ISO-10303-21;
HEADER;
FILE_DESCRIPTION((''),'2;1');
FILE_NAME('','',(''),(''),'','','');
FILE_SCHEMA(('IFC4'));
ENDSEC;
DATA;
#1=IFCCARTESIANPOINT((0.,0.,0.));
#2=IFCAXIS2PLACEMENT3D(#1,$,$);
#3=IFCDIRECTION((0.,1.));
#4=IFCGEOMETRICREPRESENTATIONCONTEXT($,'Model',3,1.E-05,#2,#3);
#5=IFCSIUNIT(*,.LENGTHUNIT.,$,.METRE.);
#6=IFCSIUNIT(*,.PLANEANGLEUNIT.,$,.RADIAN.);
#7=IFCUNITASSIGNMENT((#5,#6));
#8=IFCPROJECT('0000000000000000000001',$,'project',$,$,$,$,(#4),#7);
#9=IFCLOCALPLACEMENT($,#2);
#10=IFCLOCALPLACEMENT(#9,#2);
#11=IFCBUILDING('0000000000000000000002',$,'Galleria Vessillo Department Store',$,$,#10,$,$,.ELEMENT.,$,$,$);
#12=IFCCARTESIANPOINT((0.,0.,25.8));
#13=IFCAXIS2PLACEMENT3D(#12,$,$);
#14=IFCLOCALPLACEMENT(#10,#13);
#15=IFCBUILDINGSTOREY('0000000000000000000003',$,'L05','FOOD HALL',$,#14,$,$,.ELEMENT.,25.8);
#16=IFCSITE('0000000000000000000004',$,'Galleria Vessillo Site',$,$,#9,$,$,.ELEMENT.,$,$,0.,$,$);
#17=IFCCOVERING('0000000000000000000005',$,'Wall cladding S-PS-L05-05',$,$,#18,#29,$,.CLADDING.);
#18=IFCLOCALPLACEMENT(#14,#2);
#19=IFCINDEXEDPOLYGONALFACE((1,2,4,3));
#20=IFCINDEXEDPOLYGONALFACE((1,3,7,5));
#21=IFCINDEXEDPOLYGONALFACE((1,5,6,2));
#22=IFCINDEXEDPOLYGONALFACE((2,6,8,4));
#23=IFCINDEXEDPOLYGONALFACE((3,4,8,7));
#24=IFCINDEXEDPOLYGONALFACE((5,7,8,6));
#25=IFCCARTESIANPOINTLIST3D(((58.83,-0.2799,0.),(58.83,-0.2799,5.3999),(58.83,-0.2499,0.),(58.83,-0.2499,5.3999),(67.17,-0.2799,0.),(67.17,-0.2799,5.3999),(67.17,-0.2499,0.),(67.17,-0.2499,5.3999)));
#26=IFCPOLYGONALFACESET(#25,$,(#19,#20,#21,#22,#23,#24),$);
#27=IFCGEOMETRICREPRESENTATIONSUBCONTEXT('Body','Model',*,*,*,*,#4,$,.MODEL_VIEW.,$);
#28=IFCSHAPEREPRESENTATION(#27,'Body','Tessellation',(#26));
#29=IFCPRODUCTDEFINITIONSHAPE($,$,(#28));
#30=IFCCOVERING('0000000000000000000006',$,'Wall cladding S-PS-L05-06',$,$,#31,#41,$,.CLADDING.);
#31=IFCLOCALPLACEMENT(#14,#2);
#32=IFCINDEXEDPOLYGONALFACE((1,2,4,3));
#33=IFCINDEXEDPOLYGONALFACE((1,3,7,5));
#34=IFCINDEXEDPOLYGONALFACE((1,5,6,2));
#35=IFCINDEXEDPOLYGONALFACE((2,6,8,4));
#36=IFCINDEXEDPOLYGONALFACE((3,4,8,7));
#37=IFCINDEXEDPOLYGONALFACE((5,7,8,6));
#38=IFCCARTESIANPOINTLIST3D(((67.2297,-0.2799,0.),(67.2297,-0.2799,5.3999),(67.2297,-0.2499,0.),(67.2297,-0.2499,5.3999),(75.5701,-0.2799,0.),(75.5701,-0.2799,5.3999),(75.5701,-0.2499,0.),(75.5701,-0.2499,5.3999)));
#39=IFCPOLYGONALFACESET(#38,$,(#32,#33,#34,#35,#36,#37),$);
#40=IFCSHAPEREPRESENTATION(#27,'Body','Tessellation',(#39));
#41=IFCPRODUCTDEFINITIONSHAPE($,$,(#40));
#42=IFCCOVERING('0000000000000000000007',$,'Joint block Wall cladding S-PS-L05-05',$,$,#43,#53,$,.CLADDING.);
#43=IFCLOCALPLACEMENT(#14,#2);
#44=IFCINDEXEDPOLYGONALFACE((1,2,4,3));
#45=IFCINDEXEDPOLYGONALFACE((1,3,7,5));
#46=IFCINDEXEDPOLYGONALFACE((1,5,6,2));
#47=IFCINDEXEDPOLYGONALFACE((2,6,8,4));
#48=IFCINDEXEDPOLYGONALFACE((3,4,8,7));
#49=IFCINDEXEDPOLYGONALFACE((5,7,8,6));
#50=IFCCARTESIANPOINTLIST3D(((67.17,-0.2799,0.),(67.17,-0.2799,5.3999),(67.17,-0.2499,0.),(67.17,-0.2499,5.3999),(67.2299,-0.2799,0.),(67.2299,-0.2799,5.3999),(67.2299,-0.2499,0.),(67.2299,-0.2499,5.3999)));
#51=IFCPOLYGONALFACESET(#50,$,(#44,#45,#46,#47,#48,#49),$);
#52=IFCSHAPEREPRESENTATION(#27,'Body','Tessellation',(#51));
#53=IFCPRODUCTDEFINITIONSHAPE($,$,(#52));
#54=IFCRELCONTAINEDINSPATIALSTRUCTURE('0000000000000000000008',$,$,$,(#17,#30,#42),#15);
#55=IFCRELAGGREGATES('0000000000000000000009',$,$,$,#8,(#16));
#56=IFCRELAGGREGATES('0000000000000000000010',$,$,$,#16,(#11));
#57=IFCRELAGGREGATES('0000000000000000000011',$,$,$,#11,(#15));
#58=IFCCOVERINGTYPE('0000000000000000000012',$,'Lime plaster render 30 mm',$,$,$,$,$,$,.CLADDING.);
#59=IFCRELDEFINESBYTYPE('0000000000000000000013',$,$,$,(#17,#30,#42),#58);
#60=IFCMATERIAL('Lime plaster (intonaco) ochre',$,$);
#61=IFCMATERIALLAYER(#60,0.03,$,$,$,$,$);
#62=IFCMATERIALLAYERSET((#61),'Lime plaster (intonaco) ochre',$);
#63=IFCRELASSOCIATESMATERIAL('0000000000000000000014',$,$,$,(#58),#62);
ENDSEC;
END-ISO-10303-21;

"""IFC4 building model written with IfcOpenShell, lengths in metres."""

from ifc_helpers import new_model, si_unit, direction, frame, origin, origin_2d, place, context, subcontext, project, spatial, rectangle, extrude, material, layer, layer_set, type_object, element, save


model = new_model("IFC4")

# Units and contexts
model_context = context("Model", 3, precision=1e-05, world=origin(), true_north=direction((0.0, 1.0)))
body_context = subcontext(model_context, "Body", "Model", "MODEL_VIEW")
ifc_project = project(units=[si_unit("LENGTHUNIT", "METRE"), si_unit("PLANEANGLEUNIT", "RADIAN")], contexts=[model_context])

# Site, building, storey
site_placement = place(None, origin())
site = spatial("IfcSite", under=ifc_project, at=site_placement, Name="Galleria Vessillo Site", CompositionType="ELEMENT", RefElevation=0.0)
building_placement = place(site_placement, origin())
building = spatial("IfcBuilding", under=site, at=building_placement, Name="Galleria Vessillo Department Store", CompositionType="ELEMENT")
storey_placement = place(building_placement, frame((0.0, 0.0, 25.8)))
storey = spatial("IfcBuildingStorey", under=building, at=storey_placement, Name="L05", Description="FOOD HALL", CompositionType="ELEMENT", Elevation=25.8)

# Coverings
ifc_material_1 = material(Name="Lime plaster (intonaco) ochre")
ifc_layer_1 = layer(ifc_material_1, 0.03)
ifc_layer_set_1 = layer_set([ifc_layer_1], Name="Lime plaster (intonaco) ochre")
covering_type = type_object("IfcCoveringType", Name="Lime plaster render 30 mm", PredefinedType="CLADDING", material=ifc_layer_set_1)
covering_1_placement = place(storey_placement, frame((63.0, -0.2649, 0.0), z_axis=(0.0, 0.0, 1.0), x_axis=(1.0, 0.0, 0.0)))
element("IfcCovering", 1, at=covering_1_placement, inside=storey, type_object=covering_type, Name="Wall cladding S-PS-L05-05", PredefinedType="CLADDING", context=body_context, shape_type="SweptSolid", body=[
    extrude(rectangle(XDim=8.3401, YDim=0.03, at=origin_2d()), origin(), (0.0, 0.0, 1.0), 5.3999),
])
covering_2_placement = place(storey_placement, frame((71.3999, -0.2649, 0.0), z_axis=(0.0, 0.0, 1.0), x_axis=(1.0, 0.0, 0.0)))
element("IfcCovering", 2, at=covering_2_placement, inside=storey, type_object=covering_type, Name="Wall cladding S-PS-L05-06", PredefinedType="CLADDING", context=body_context, shape_type="SweptSolid", body=[
    extrude(rectangle(XDim=8.3403, YDim=0.03, at=origin_2d()), origin(), (0.0, 0.0, 1.0), 5.3999),
])
covering_3_placement = place(storey_placement, frame((67.2, -0.2649, 0.0), z_axis=(0.0, 0.0, 1.0), x_axis=(1.0, 0.0, 0.0)))
element("IfcCovering", 3, at=covering_3_placement, inside=storey, type_object=covering_type, Name="Joint block Wall cladding S-PS-L05-05", PredefinedType="CLADDING", context=body_context, shape_type="SweptSolid", body=[
    extrude(rectangle(XDim=0.0598, YDim=0.03, at=origin_2d()), origin(), (0.0, 0.0, 1.0), 5.3999),
])

save(model, "model.ifc")
